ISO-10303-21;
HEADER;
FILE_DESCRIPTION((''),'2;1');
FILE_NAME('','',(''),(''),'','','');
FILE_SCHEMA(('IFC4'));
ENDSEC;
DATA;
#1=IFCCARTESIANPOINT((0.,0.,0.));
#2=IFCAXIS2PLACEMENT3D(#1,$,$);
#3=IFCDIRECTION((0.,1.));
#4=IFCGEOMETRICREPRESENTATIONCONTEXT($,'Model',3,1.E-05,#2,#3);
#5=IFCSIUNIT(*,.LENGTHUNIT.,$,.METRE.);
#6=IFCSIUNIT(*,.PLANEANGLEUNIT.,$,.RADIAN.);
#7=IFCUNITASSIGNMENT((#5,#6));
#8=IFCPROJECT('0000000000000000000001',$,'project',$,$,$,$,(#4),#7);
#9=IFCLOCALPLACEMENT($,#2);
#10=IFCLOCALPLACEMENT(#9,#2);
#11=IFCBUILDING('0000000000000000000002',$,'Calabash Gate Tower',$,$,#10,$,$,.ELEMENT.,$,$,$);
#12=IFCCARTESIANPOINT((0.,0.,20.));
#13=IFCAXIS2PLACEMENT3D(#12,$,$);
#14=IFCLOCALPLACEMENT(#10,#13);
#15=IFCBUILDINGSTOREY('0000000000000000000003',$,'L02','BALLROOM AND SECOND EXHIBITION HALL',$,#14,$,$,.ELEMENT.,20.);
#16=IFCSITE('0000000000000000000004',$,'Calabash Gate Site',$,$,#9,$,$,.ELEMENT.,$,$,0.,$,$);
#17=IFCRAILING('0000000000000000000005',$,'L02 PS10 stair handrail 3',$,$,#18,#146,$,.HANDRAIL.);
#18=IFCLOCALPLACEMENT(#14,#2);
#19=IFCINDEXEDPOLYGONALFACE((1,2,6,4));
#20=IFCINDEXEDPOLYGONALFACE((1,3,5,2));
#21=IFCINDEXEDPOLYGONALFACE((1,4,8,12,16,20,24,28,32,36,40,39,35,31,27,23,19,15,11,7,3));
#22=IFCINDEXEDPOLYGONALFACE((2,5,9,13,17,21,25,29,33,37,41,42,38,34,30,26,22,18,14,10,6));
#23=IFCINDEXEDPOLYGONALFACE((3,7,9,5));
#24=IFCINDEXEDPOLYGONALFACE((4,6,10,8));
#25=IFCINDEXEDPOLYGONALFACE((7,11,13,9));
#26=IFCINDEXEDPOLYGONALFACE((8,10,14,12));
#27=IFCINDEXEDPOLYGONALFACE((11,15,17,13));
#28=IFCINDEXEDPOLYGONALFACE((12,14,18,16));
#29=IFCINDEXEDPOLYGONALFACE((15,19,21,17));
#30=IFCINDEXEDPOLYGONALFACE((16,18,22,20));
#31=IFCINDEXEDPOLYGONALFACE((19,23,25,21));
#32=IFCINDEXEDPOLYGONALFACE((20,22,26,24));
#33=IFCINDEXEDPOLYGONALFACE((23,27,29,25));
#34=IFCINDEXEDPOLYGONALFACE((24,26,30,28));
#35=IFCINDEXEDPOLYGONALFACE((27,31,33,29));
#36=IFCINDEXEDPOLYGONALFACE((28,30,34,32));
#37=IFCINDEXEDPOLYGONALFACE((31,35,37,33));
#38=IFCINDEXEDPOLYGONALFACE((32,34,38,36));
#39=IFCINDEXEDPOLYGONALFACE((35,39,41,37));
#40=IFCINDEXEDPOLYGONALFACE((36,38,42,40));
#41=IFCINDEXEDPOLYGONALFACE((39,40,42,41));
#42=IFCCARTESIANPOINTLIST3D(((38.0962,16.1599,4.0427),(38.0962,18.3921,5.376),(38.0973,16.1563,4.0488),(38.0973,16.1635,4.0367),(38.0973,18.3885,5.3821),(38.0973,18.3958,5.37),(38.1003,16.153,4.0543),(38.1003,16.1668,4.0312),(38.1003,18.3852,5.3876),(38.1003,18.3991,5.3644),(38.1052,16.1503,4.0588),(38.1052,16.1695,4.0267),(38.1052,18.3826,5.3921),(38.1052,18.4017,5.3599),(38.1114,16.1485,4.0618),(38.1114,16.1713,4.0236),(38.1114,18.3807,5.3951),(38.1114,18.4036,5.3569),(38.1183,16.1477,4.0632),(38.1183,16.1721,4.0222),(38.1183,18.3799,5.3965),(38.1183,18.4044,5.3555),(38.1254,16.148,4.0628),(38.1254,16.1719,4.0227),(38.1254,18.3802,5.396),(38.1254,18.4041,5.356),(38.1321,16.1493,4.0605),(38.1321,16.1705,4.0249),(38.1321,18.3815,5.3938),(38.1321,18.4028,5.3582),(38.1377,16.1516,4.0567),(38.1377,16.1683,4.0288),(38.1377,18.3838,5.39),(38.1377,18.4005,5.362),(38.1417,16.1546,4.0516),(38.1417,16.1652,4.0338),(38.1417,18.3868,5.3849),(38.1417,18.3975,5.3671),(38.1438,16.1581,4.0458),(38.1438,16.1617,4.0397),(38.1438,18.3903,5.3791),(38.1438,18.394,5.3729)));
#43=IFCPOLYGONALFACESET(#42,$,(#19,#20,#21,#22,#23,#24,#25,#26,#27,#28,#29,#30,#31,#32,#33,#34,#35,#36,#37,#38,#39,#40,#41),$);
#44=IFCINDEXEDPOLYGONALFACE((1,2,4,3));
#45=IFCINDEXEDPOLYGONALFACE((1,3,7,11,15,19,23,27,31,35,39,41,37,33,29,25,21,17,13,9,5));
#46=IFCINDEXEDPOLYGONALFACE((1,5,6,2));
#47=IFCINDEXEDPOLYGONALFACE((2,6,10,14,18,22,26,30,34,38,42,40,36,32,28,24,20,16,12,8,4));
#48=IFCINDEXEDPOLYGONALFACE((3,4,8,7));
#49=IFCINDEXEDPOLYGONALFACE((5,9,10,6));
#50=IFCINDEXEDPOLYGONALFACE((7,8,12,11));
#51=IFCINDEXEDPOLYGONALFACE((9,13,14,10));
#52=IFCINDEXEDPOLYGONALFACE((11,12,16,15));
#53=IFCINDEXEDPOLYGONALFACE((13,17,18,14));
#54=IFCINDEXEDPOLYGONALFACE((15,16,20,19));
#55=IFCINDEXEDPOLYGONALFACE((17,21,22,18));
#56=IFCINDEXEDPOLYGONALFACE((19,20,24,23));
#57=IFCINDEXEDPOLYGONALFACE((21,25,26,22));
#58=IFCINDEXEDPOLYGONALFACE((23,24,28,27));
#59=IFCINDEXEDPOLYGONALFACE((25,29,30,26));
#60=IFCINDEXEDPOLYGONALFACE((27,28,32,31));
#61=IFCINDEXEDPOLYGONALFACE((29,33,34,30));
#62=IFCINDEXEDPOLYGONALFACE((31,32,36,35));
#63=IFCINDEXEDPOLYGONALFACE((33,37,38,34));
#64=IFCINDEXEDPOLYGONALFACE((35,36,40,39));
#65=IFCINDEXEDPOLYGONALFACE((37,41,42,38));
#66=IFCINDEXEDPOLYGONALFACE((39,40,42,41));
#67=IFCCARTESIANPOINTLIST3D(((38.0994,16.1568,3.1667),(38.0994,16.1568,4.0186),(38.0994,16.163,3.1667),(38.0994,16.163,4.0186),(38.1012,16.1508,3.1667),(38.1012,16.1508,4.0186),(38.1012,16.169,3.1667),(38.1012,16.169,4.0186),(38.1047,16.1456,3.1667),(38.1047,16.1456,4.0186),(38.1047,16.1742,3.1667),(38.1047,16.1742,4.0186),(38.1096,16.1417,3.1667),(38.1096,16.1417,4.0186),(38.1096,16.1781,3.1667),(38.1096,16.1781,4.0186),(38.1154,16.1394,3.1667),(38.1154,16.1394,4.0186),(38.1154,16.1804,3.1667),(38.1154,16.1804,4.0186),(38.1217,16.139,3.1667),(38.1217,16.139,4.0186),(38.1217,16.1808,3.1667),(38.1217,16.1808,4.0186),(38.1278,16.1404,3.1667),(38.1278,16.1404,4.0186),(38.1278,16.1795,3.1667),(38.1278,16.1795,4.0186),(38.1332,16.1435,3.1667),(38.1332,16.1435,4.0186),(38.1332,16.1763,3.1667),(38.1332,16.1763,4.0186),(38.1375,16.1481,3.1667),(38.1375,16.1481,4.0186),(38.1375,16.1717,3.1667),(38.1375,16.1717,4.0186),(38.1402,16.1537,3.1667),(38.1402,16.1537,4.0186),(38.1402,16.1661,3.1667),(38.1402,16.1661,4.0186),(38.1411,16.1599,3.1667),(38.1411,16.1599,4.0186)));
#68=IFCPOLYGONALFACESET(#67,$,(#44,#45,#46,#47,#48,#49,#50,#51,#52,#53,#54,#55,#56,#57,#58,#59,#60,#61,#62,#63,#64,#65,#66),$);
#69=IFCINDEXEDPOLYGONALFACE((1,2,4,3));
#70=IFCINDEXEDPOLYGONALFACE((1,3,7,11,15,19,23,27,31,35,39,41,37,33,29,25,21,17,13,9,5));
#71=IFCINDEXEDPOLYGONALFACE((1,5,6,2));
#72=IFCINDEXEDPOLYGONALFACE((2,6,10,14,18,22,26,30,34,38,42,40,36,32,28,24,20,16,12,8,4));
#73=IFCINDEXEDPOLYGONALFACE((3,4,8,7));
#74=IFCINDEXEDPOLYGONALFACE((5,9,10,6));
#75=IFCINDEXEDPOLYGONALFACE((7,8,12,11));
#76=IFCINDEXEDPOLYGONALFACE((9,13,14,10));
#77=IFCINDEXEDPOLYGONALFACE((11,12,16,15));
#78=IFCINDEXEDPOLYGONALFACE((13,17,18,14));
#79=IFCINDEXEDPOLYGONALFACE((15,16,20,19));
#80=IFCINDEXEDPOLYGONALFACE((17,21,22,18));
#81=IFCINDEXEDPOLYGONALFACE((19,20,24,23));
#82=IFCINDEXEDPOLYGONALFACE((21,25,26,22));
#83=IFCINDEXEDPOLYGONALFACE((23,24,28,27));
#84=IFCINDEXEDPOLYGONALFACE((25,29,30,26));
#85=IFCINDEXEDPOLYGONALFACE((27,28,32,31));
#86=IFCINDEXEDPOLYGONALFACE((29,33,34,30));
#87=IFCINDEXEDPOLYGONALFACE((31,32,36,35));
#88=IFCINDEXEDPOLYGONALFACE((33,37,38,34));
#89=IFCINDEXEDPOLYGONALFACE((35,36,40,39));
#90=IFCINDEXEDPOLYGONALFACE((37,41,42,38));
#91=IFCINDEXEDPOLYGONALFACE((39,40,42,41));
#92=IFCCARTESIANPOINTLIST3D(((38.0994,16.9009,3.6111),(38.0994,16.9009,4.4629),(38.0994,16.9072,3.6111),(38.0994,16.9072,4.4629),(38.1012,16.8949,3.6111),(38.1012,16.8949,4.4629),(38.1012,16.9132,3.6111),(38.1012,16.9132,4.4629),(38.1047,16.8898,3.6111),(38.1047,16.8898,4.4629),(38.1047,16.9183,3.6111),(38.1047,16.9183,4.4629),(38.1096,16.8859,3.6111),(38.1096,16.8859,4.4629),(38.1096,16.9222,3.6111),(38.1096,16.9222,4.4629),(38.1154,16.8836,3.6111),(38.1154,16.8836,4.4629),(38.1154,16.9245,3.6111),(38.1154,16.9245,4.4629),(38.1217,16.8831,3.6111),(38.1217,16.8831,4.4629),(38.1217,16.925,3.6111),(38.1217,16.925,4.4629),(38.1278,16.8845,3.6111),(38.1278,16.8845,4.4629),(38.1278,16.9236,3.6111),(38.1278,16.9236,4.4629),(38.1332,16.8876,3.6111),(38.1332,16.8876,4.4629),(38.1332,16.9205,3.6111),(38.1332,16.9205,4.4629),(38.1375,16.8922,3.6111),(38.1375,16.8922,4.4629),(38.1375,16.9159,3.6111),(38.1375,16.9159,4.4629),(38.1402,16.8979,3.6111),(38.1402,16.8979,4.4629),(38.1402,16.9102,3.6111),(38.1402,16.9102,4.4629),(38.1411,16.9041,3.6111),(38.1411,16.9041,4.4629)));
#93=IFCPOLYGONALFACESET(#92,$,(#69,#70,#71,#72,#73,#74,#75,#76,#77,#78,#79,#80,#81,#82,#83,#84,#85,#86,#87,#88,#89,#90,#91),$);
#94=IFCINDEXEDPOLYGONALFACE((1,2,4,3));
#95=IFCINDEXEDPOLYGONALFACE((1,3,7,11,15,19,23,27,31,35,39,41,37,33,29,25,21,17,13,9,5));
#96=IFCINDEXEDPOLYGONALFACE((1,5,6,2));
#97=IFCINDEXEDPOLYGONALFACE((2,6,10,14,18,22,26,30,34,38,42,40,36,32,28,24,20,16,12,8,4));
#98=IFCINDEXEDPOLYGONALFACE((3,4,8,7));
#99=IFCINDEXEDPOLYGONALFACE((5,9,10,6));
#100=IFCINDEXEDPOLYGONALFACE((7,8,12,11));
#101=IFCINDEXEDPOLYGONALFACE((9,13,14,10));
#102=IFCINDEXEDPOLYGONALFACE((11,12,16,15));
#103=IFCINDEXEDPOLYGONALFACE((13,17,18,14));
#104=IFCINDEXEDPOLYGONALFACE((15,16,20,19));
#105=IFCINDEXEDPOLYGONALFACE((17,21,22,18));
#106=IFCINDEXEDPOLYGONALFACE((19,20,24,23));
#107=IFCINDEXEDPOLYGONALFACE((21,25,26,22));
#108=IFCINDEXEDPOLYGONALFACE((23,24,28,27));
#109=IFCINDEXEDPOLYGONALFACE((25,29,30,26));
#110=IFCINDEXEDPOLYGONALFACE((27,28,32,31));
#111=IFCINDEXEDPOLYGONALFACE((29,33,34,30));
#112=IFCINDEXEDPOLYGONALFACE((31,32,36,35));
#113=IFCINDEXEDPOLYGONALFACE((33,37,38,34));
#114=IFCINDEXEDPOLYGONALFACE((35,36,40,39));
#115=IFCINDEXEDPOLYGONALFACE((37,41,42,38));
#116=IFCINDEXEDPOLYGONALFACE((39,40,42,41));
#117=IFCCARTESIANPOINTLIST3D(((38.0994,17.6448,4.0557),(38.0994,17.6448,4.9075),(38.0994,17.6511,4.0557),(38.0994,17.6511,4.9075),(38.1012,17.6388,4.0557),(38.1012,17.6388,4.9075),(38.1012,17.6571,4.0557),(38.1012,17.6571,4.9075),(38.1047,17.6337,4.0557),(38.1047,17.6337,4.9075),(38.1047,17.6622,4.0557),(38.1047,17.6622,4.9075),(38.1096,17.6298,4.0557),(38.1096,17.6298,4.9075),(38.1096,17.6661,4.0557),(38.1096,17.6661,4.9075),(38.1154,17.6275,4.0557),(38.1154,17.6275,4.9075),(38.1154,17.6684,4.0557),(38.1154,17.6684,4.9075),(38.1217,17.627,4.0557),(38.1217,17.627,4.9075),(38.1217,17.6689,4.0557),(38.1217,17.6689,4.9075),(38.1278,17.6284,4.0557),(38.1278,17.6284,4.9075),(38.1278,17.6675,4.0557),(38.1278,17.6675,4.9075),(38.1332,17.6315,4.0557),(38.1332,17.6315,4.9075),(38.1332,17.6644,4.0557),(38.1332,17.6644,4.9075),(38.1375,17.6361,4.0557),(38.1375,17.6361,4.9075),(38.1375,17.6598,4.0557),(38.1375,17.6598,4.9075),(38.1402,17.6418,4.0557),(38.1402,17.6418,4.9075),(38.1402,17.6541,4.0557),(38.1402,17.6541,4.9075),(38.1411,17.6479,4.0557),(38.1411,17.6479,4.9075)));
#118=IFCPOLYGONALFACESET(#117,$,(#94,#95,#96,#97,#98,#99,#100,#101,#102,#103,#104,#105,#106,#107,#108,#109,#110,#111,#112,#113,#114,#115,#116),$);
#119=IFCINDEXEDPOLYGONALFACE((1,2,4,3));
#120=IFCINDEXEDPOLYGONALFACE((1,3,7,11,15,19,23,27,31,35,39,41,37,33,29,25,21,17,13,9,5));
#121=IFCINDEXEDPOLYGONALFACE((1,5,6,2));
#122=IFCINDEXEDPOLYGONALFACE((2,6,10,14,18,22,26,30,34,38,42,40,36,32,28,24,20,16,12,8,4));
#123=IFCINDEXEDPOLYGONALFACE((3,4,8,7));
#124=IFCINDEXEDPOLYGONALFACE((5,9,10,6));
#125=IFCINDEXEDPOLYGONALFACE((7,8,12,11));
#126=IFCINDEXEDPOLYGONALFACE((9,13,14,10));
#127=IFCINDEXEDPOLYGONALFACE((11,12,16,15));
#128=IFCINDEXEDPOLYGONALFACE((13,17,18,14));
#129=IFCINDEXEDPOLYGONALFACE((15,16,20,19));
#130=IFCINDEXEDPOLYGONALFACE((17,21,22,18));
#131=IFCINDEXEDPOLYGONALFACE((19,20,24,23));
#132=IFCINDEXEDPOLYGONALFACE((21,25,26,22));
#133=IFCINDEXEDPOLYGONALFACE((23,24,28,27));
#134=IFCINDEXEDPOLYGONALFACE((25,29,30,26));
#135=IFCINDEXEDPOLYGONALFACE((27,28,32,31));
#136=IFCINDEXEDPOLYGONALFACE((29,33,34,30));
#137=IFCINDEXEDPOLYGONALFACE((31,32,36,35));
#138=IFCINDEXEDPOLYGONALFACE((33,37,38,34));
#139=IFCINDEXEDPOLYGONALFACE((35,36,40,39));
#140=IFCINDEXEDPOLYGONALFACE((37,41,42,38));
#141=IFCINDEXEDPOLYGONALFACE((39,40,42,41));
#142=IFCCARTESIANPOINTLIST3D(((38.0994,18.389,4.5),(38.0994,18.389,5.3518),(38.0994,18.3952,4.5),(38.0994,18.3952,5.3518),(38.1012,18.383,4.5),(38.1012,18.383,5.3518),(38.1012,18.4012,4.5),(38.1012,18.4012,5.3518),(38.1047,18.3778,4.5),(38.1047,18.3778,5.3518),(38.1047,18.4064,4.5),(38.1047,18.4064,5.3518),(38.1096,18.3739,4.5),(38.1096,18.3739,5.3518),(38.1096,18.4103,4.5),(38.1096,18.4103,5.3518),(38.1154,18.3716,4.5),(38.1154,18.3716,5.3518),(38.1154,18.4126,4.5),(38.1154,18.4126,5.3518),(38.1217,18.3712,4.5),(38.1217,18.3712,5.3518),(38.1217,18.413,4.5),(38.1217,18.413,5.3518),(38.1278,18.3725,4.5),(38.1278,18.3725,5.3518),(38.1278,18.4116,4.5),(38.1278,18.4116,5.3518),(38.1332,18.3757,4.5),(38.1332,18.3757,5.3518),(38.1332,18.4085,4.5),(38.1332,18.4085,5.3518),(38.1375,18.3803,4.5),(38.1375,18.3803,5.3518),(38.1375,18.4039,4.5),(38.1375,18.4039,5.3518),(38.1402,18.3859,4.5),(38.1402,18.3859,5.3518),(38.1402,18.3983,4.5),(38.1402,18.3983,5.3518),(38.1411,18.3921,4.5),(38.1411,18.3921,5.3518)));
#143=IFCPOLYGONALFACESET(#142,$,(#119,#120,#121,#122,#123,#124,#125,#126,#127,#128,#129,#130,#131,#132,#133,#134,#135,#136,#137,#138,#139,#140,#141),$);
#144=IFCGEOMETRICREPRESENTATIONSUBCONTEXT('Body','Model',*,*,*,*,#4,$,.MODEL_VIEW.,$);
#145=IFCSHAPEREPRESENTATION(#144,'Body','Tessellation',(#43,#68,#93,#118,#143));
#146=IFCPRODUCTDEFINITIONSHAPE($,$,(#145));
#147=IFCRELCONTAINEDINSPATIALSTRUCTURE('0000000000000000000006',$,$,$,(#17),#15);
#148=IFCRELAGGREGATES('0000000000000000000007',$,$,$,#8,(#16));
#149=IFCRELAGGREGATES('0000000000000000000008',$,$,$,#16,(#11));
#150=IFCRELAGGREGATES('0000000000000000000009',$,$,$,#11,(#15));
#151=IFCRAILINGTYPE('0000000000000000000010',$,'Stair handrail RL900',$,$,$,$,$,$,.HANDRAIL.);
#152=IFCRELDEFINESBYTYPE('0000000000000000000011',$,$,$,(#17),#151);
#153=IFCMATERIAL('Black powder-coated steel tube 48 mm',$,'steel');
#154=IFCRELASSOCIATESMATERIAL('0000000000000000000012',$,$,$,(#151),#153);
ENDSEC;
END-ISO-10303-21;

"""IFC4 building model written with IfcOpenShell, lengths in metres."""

from ifc_helpers import new_model, si_unit, direction, frame, origin, origin_2d, place, context, subcontext, project, spatial, circle, extrude, material, type_object, element, save


model = new_model("IFC4")

# Units and contexts
model_context = context("Model", 3, precision=1e-05, world=origin(), true_north=direction((0.0, 1.0)))
body_context = subcontext(model_context, "Body", "Model", "MODEL_VIEW")
ifc_project = project(units=[si_unit("LENGTHUNIT", "METRE"), si_unit("PLANEANGLEUNIT", "RADIAN")], contexts=[model_context])

# Site, building, storey
site_placement = place(None, origin())
site = spatial("IfcSite", under=ifc_project, at=site_placement, Name="Calabash Gate Site", CompositionType="ELEMENT", RefElevation=0.0)
building_placement = place(site_placement, origin())
building = spatial("IfcBuilding", under=site, at=building_placement, Name="Calabash Gate Tower", CompositionType="ELEMENT")
storey_placement = place(building_placement, frame((0.0, 0.0, 20.0)))
storey = spatial("IfcBuildingStorey", under=building, at=storey_placement, Name="L02", Description="BALLROOM AND SECOND EXHIBITION HALL", CompositionType="ELEMENT", Elevation=20.0)

# Railing
ifc_material_1 = material(Name="Black powder-coated steel tube 48 mm", Category="steel")
railing_type_1 = type_object("IfcRailingType", Name="Stair handrail RL900", PredefinedType="HANDRAIL", material=ifc_material_1)
for number, where, name in (
    (1, (38.1201, 16.1599, 3.1667), "L02 PS10 stair handrail 3"),
):
    element("IfcRailing", number, at=place(storey_placement, frame(where)), inside=storey, type_object=railing_type_1, Name=name, PredefinedType="HANDRAIL", context=body_context, shape_type="SweptSolid", body=[
        extrude(circle(Radius=0.0239, at=origin_2d()), frame((0.0, 0.0, 0.876), z_axis=(0.0, 0.858519, 0.512782), x_axis=(-1.0, 0.0, 0.0)), (0.0, 0.0, 1.0), 2.6001),
        extrude(circle(Radius=0.021, at=origin_2d()), origin(), (0.0, 0.0, 1.0), 0.8518),
        extrude(circle(Radius=0.021, at=origin_2d()), frame((0.0, 0.7441, 0.4443)), (0.0, 0.0, 1.0), 0.8518),
        extrude(circle(Radius=0.021, at=origin_2d()), frame((0.0, 1.488, 0.8889)), (0.0, 0.0, 1.0), 0.8518),
        extrude(circle(Radius=0.021, at=origin_2d()), frame((0.0, 2.2322, 1.3333)), (0.0, 0.0, 1.0), 0.8518),
    ])

save(model, "model.ifc")
